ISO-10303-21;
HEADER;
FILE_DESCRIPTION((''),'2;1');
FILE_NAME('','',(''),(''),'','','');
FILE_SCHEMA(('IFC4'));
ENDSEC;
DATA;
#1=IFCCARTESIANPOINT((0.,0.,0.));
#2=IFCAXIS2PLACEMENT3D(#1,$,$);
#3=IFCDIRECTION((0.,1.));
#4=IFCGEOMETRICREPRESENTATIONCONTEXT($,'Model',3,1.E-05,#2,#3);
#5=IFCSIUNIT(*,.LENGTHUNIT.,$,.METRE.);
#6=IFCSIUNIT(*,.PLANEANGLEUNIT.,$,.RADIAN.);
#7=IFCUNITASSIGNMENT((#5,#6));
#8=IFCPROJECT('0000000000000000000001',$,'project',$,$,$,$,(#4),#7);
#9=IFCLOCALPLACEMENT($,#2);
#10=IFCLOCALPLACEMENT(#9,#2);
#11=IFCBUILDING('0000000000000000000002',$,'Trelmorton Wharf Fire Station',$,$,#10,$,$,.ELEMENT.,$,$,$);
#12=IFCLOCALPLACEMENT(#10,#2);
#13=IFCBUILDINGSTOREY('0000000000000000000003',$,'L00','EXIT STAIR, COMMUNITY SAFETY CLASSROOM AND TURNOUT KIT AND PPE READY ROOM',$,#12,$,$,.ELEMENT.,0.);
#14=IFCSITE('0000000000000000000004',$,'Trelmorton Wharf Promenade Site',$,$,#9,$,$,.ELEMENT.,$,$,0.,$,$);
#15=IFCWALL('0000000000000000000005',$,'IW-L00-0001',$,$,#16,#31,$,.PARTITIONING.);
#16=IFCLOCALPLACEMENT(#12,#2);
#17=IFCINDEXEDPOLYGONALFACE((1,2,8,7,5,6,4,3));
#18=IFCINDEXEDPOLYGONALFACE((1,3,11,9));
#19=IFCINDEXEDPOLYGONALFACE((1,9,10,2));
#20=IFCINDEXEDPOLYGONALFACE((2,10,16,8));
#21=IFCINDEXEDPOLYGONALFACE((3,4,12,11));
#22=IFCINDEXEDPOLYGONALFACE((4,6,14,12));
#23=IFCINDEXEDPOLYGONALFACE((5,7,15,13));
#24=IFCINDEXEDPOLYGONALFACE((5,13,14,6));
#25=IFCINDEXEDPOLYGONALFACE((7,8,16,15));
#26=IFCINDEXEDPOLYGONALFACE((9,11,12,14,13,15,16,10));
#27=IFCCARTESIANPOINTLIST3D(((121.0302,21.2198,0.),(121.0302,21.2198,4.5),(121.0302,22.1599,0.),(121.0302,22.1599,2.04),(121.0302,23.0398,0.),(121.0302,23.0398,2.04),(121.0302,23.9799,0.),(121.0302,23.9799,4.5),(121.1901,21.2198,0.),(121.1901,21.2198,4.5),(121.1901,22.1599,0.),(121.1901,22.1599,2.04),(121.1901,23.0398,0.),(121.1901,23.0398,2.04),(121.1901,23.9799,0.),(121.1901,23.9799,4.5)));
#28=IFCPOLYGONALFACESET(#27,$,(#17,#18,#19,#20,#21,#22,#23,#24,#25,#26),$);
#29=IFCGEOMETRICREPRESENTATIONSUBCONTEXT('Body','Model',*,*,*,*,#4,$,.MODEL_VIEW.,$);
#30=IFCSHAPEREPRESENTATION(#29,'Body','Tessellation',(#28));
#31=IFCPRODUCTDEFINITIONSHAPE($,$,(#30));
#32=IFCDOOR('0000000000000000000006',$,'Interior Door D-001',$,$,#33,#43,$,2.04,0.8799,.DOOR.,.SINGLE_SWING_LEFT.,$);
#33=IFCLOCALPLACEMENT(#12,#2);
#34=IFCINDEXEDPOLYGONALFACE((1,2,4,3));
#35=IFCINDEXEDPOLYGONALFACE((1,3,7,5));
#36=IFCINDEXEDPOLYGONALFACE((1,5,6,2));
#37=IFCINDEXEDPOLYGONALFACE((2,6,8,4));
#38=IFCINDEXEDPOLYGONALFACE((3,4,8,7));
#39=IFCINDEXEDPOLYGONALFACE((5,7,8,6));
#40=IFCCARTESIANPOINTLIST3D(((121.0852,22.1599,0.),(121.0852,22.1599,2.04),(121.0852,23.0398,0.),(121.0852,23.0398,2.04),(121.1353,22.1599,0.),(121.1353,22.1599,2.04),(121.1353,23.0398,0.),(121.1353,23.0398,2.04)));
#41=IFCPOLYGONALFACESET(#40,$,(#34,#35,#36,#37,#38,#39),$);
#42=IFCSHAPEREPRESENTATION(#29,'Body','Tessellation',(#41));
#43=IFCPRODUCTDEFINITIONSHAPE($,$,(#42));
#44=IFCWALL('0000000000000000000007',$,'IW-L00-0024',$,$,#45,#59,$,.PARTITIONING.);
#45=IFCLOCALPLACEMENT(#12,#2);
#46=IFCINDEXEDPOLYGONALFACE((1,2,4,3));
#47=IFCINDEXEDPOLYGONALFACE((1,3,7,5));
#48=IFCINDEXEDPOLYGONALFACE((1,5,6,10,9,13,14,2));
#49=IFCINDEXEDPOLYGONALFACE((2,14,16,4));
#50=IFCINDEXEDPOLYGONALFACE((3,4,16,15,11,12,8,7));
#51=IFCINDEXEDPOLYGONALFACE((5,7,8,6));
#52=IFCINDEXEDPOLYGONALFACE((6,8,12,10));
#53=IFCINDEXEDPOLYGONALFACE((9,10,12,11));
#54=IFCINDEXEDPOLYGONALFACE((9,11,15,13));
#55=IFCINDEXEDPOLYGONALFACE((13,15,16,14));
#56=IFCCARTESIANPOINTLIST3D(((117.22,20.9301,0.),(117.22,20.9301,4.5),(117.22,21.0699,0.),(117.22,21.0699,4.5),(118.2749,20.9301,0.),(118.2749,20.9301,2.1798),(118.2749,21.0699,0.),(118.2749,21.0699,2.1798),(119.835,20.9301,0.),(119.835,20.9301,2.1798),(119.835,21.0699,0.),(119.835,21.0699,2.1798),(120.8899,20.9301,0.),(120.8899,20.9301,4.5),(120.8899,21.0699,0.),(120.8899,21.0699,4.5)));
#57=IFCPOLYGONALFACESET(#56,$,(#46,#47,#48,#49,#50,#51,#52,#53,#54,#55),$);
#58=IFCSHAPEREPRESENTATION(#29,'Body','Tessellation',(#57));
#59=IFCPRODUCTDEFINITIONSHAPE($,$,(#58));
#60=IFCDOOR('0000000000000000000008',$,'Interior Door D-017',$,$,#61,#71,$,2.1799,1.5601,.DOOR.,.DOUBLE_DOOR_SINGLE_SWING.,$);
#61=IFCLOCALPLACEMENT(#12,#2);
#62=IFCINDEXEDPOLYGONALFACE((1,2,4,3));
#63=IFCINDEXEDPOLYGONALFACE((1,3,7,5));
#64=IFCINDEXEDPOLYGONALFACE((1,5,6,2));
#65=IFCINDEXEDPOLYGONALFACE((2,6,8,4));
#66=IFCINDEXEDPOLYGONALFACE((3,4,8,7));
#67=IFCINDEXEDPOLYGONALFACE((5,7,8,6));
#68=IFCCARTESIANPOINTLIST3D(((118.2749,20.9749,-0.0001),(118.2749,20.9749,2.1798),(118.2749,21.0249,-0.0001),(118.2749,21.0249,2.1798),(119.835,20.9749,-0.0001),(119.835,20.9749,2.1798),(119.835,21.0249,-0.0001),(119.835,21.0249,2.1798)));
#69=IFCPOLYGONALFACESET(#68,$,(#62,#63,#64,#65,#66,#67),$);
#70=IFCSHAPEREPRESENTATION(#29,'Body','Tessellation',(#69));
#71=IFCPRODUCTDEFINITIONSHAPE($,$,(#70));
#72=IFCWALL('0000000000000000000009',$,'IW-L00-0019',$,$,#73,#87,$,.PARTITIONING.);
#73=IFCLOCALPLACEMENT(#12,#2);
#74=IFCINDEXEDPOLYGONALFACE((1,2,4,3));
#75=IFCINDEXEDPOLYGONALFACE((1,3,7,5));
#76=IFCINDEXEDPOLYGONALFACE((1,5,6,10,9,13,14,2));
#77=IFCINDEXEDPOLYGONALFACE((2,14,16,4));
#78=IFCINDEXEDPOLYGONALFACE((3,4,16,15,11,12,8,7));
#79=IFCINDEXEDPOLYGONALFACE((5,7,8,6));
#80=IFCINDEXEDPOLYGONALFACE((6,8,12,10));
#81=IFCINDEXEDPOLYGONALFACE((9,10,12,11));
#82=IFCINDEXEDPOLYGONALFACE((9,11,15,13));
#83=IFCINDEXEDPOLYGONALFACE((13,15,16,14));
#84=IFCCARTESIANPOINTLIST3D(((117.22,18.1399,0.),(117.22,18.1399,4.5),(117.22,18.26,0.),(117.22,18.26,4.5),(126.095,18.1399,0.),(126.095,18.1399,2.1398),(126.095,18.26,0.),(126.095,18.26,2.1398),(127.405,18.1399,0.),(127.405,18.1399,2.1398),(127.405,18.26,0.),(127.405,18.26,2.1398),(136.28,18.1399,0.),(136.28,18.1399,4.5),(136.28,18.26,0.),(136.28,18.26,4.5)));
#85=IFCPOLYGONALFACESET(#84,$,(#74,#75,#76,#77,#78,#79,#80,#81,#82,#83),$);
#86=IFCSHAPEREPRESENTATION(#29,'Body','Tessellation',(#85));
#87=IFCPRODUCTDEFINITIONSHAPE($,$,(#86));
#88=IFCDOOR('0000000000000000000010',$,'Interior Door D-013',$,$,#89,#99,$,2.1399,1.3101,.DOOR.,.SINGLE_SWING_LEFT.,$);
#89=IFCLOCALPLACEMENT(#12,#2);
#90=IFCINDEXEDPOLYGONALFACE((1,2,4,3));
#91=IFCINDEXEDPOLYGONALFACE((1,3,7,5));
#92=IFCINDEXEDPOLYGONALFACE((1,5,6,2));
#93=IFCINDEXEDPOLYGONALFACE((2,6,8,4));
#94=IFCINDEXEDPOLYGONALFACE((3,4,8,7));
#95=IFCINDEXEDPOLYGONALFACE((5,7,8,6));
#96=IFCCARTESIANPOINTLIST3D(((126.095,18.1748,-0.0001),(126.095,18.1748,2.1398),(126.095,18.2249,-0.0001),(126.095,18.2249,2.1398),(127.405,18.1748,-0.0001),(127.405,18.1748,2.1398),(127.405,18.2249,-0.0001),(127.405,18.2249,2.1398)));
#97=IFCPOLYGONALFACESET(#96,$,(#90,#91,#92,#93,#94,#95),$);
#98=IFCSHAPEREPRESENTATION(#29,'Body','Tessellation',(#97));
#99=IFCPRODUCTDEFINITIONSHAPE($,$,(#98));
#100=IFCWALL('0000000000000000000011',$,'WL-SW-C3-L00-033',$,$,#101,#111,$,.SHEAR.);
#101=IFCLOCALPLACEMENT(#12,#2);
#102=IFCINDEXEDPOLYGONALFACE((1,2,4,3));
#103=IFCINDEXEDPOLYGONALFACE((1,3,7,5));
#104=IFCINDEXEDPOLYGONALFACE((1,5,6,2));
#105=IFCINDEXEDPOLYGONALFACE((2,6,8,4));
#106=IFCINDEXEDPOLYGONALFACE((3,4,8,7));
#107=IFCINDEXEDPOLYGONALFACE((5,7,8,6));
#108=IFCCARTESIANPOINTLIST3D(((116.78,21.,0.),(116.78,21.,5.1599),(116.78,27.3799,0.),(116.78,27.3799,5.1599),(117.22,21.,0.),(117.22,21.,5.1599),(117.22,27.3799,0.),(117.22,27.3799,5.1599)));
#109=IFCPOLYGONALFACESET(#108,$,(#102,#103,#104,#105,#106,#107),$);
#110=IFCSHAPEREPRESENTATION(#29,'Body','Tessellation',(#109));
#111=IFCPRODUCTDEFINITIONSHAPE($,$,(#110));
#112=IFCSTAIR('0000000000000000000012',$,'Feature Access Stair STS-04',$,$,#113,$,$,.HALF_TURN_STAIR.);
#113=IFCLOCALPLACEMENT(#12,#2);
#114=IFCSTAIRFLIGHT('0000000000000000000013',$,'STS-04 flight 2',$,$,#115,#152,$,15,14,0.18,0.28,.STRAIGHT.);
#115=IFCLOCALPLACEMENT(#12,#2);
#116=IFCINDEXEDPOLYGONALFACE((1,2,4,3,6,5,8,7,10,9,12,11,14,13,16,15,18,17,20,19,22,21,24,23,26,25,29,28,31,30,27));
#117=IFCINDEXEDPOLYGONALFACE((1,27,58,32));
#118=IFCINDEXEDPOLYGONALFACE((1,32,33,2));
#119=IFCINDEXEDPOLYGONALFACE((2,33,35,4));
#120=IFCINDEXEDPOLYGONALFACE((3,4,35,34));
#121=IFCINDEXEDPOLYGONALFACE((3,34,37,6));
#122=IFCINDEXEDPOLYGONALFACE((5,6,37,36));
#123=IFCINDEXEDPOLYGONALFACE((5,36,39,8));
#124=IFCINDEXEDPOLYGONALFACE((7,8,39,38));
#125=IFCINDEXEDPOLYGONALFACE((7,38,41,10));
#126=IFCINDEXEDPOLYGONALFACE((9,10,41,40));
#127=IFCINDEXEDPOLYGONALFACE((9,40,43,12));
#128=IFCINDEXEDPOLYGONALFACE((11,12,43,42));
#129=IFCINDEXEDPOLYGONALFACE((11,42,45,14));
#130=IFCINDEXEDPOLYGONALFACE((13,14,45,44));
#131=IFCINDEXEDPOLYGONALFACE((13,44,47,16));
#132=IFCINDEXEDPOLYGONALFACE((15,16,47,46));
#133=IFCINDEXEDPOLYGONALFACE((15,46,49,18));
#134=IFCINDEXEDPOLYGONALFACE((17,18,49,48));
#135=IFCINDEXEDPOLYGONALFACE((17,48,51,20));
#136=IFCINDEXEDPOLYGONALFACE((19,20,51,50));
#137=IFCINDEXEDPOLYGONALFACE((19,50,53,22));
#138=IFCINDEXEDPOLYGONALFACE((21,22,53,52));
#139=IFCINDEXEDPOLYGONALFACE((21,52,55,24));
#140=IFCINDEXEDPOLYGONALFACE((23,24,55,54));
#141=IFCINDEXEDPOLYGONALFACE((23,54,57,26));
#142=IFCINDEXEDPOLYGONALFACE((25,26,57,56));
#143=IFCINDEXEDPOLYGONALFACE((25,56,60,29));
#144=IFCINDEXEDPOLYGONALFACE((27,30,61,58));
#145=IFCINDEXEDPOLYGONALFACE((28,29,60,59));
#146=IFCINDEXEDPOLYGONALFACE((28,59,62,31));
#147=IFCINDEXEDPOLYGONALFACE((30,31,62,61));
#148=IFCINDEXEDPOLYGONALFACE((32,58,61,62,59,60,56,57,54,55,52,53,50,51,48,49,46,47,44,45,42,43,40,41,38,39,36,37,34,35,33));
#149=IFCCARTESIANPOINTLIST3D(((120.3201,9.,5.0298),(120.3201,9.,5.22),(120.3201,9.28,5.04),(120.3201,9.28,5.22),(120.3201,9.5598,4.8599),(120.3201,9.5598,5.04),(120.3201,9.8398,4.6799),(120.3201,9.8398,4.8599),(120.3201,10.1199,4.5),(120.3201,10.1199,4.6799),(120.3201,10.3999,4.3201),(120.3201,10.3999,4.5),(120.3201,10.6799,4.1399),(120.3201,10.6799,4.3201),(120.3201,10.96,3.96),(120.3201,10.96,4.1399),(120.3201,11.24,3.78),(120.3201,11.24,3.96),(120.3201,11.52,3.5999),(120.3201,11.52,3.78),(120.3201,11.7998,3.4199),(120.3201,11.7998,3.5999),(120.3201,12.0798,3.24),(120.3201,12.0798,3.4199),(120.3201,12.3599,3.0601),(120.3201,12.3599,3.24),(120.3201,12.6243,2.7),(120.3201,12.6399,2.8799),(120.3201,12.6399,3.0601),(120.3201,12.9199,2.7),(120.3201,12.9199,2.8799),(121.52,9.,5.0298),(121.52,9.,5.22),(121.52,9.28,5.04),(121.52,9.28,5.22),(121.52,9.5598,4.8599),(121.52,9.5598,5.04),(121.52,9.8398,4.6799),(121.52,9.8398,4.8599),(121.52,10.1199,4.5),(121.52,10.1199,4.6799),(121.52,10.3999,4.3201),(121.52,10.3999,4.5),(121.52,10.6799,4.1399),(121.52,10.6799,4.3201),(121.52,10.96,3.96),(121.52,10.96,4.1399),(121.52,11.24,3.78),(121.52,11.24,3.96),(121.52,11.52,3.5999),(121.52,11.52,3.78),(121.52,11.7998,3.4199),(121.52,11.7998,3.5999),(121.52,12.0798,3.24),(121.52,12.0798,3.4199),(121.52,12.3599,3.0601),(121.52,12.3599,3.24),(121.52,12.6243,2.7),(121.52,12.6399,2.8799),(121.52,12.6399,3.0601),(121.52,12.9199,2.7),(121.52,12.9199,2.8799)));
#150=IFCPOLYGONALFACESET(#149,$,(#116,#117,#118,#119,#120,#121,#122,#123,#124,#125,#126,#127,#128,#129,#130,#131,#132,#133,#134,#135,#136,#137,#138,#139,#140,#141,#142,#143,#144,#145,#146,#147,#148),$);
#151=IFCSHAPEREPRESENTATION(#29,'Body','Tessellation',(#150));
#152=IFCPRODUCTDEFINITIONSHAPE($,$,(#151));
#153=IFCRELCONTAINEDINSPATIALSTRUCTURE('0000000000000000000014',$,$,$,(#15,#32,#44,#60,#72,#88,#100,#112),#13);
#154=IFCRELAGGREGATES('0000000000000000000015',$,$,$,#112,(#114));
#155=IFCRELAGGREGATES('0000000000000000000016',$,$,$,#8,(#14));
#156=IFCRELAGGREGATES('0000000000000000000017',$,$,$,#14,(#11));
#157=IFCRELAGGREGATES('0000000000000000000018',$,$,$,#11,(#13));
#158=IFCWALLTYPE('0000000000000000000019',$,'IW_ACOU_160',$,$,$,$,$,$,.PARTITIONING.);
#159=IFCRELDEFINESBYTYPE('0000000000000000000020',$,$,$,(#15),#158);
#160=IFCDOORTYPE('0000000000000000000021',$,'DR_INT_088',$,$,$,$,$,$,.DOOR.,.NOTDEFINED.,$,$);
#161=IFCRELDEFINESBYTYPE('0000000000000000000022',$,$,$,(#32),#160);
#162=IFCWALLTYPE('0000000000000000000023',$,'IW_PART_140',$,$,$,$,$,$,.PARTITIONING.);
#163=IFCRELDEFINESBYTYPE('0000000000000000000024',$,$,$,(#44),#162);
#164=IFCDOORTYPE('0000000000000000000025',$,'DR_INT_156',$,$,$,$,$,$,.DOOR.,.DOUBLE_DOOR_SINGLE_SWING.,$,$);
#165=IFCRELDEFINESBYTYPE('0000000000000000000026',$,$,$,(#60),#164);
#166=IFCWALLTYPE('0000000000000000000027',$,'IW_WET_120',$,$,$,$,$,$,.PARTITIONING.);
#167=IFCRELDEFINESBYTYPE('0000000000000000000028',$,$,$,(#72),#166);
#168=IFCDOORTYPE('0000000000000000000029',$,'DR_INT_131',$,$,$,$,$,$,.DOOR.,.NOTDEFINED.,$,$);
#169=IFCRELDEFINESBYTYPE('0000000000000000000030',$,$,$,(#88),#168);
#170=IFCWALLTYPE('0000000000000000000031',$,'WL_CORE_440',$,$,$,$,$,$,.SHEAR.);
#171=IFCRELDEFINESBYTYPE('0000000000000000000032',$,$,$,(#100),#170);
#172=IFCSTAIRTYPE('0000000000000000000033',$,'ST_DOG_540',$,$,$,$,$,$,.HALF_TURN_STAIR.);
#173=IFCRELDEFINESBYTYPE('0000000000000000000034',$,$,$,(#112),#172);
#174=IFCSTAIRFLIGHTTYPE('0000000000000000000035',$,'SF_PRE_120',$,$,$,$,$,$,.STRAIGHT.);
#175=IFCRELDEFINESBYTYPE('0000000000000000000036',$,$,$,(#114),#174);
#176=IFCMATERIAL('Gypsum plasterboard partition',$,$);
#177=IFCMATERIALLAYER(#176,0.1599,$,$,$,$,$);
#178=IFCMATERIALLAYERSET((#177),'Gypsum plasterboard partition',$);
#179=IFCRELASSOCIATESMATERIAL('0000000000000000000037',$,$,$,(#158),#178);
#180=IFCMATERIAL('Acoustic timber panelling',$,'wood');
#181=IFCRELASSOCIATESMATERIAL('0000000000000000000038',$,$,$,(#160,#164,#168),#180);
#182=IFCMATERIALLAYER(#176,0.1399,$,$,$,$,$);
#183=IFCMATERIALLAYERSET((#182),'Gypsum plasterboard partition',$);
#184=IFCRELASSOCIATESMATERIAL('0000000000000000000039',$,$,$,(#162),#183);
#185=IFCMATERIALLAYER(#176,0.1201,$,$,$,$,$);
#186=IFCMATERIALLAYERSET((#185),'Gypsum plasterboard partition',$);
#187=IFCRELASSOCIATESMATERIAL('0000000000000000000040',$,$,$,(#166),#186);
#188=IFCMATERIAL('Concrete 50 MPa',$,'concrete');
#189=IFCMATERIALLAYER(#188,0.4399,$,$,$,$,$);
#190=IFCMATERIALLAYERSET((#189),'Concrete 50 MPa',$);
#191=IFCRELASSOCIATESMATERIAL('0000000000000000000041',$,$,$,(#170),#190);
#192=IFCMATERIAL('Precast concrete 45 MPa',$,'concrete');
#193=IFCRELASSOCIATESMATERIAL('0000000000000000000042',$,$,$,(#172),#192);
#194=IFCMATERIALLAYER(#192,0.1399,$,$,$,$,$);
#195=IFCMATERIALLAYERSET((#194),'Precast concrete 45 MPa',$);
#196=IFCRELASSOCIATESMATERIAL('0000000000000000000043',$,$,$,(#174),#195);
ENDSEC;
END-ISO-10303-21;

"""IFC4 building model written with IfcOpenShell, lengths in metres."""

from ifc_helpers import new_model, si_unit, direction, frame, frame_2d, origin, place, context, subcontext, project, spatial, polyline, rectangle, outline, extrude, material, layer, layer_set, type_object, element, fill, aggregate, save


model = new_model("IFC4")

# Units and contexts
model_context = context("Model", 3, precision=1e-05, world=origin(), true_north=direction((0.0, 1.0)))
body_context = subcontext(model_context, "Body", "Model", "MODEL_VIEW")
ifc_project = project(units=[si_unit("LENGTHUNIT", "METRE"), si_unit("PLANEANGLEUNIT", "RADIAN")], contexts=[model_context])

# Site, building, storey
site_placement = place(None, origin())
site = spatial("IfcSite", under=ifc_project, at=site_placement, Name="Trelmorton Wharf Promenade Site", CompositionType="ELEMENT", RefElevation=0.0)
building_placement = place(site_placement, origin())
building = spatial("IfcBuilding", under=site, at=building_placement, Name="Trelmorton Wharf Fire Station", CompositionType="ELEMENT")
storey_placement = place(building_placement, origin())
storey = spatial("IfcBuildingStorey", under=building, at=storey_placement, Name="L00", Description="EXIT STAIR, COMMUNITY SAFETY CLASSROOM AND TURNOUT KIT AND PPE READY ROOM", CompositionType="ELEMENT", Elevation=0.0)

# Walls, openings, doors
ifc_material_1 = material(Name="Gypsum plasterboard partition")
ifc_layer_1 = layer(ifc_material_1, 0.1599)
ifc_layer_set_1 = layer_set([ifc_layer_1], Name="Gypsum plasterboard partition")
wall_type_1 = type_object("IfcWallType", Name="IW_ACOU_160", PredefinedType="PARTITIONING", material=ifc_layer_set_1)
wall_1_placement = place(storey_placement, frame((121.1101, 21.22, 0.0), z_axis=(0.0, 0.0, 1.0), x_axis=(0.0, 1.0, 0.0)))
wall_1 = element("IfcWall", 1, at=wall_1_placement, inside=storey, type_object=wall_type_1, Name="IW-L00-0001", PredefinedType="PARTITIONING", context=body_context, shape_type="SweptSolid", body=[
    extrude(rectangle(XDim=2.76, YDim=0.1599, at=frame_2d((1.3799, 0.0))), origin(), (0.0, 0.0, 1.0), 4.5),
])
opening_1_placement = place(wall_1_placement, frame((0.9399, 0.0, 0.0)))
opening_1 = element("IfcOpeningElement", 2, at=opening_1_placement, cuts=wall_1, PredefinedType="OPENING", context=body_context, shape_type="SweptSolid", body=[
    extrude(rectangle(XDim=0.8799, YDim=2.04, at=frame_2d((0.4399, 1.02))), frame((0.0, 0.0898, 0.0), z_axis=(0.0, -1.0, 0.0), x_axis=(1.0, 0.0, 0.0)), (0.0, 0.0, 1.0), 0.1799),
])
ifc_material_2 = material(Name="Acoustic timber panelling", Category="wood")
door_type_1 = type_object("IfcDoorType", Name="DR_INT_088", OperationType="NOTDEFINED", PredefinedType="DOOR", material=ifc_material_2)
door_1_placement = place(opening_1_placement, origin())
door_1 = element("IfcDoor", 3, at=door_1_placement, inside=storey, type_object=door_type_1, Name="Interior Door D-001", OperationType="SINGLE_SWING_LEFT", OverallHeight=2.04, OverallWidth=0.8799, PredefinedType="DOOR", context=body_context, shape_type="SweptSolid", body=[
    extrude(rectangle(XDim=0.8799, YDim=2.04, at=frame_2d((0.4399, 1.02))), frame((0.0, 0.0249, 0.0), z_axis=(0.0, -1.0, 0.0), x_axis=(1.0, 0.0, 0.0)), (0.0, 0.0, 1.0), 0.05),
])
fill(opening_1, door_1)
ifc_layer_2 = layer(ifc_material_1, 0.1399)
ifc_layer_set_2 = layer_set([ifc_layer_2], Name="Gypsum plasterboard partition")
wall_type_2 = type_object("IfcWallType", Name="IW_PART_140", PredefinedType="PARTITIONING", material=ifc_layer_set_2)
wall_2_placement = place(storey_placement, frame((117.22, 21.0, 0.0), z_axis=(0.0, 0.0, 1.0), x_axis=(1.0, 0.0, 0.0)))
wall_2 = element("IfcWall", 4, at=wall_2_placement, inside=storey, type_object=wall_type_2, Name="IW-L00-0024", PredefinedType="PARTITIONING", context=body_context, shape_type="SweptSolid", body=[
    extrude(rectangle(XDim=3.6699, YDim=0.1399, at=frame_2d((1.835, 0.0))), origin(), (0.0, 0.0, 1.0), 4.5),
])
opening_2_placement = place(wall_2_placement, frame((1.0549, 0.0, 0.0)))
opening_2 = element("IfcOpeningElement", 5, at=opening_2_placement, cuts=wall_2, PredefinedType="OPENING", context=body_context, shape_type="SweptSolid", body=[
    extrude(rectangle(XDim=1.5601, YDim=2.1799, at=frame_2d((0.78, 1.0898))), frame((0.0, 0.0801, 0.0), z_axis=(0.0, -1.0, 0.0), x_axis=(1.0, 0.0, 0.0)), (0.0, 0.0, 1.0), 0.1599),
])
door_type_2 = type_object("IfcDoorType", Name="DR_INT_156", OperationType="DOUBLE_DOOR_SINGLE_SWING", PredefinedType="DOOR", material=ifc_material_2)
door_2_placement = place(opening_2_placement, origin())
door_2 = element("IfcDoor", 6, at=door_2_placement, inside=storey, type_object=door_type_2, Name="Interior Door D-017", OperationType="DOUBLE_DOOR_SINGLE_SWING", OverallHeight=2.1799, OverallWidth=1.5601, PredefinedType="DOOR", context=body_context, shape_type="SweptSolid", body=[
    extrude(rectangle(XDim=1.5601, YDim=2.1799, at=frame_2d((0.78, 1.0898))), frame((0.0, 0.0249, 0.0), z_axis=(0.0, -1.0, 0.0), x_axis=(1.0, 0.0, 0.0)), (0.0, 0.0, 1.0), 0.05),
])
fill(opening_2, door_2)
ifc_layer_3 = layer(ifc_material_1, 0.1201)
ifc_layer_set_3 = layer_set([ifc_layer_3], Name="Gypsum plasterboard partition")
wall_type_3 = type_object("IfcWallType", Name="IW_WET_120", PredefinedType="PARTITIONING", material=ifc_layer_set_3)
wall_3_placement = place(storey_placement, frame((117.22, 18.2, 0.0), z_axis=(0.0, 0.0, 1.0), x_axis=(1.0, 0.0, 0.0)))
wall_3 = element("IfcWall", 7, at=wall_3_placement, inside=storey, type_object=wall_type_3, Name="IW-L00-0019", PredefinedType="PARTITIONING", context=body_context, shape_type="SweptSolid", body=[
    extrude(rectangle(XDim=19.0601, YDim=0.1201, at=frame_2d((9.53, 0.0))), origin(), (0.0, 0.0, 1.0), 4.5),
])
opening_3_placement = place(wall_3_placement, frame((8.875, 0.0, 0.0)))
opening_3 = element("IfcOpeningElement", 8, at=opening_3_placement, cuts=wall_3, PredefinedType="OPENING", context=body_context, shape_type="SweptSolid", body=[
    extrude(rectangle(XDim=1.3101, YDim=2.1399, at=frame_2d((0.655, 1.0698))), frame((0.0, 0.0701, 0.0), z_axis=(0.0, -1.0, 0.0), x_axis=(1.0, 0.0, 0.0)), (0.0, 0.0, 1.0), 0.1401),
])
door_type_3 = type_object("IfcDoorType", Name="DR_INT_131", OperationType="NOTDEFINED", PredefinedType="DOOR", material=ifc_material_2)
door_3_placement = place(opening_3_placement, origin())
door_3 = element("IfcDoor", 9, at=door_3_placement, inside=storey, type_object=door_type_3, Name="Interior Door D-013", OperationType="SINGLE_SWING_LEFT", OverallHeight=2.1399, OverallWidth=1.3101, PredefinedType="DOOR", context=body_context, shape_type="SweptSolid", body=[
    extrude(rectangle(XDim=1.3101, YDim=2.1399, at=frame_2d((0.655, 1.0698))), frame((0.0, 0.0249, 0.0), z_axis=(0.0, -1.0, 0.0), x_axis=(1.0, 0.0, 0.0)), (0.0, 0.0, 1.0), 0.05),
])
fill(opening_3, door_3)

# Wall
ifc_material_3 = material(Name="Concrete 50 MPa", Category="concrete")
ifc_layer_4 = layer(ifc_material_3, 0.4399)
ifc_layer_set_4 = layer_set([ifc_layer_4], Name="Concrete 50 MPa")
wall_type_4 = type_object("IfcWallType", Name="WL_CORE_440", PredefinedType="SHEAR", material=ifc_layer_set_4)
wall_4_placement = place(storey_placement, frame((117.0, 21.0, 0.0), z_axis=(0.0, 0.0, 1.0), x_axis=(0.0, 1.0, 0.0)))
element("IfcWall", 10, at=wall_4_placement, inside=storey, type_object=wall_type_4, Name="WL-SW-C3-L00-033", PredefinedType="SHEAR", context=body_context, shape_type="SweptSolid", body=[
    extrude(rectangle(XDim=6.3799, YDim=0.4399, at=frame_2d((3.1899, 0.0))), origin(), (0.0, 0.0, 1.0), 5.1599),
])

# Stair, stair flight
ifc_material_4 = material(Name="Precast concrete 45 MPa", Category="concrete")
stair_type = type_object("IfcStairType", Name="ST_DOG_540", PredefinedType="HALF_TURN_STAIR", material=ifc_material_4)
stair_placement = place(storey_placement, origin())
stair = element("IfcStair", 11, at=stair_placement, inside=storey, type_object=stair_type, Name="Feature Access Stair STS-04", PredefinedType="HALF_TURN_STAIR")
ifc_layer_5 = layer(ifc_material_4, 0.1399)
ifc_layer_set_5 = layer_set([ifc_layer_5], Name="Precast concrete 45 MPa")
stair_flight_type = type_object("IfcStairFlightType", Name="SF_PRE_120", PredefinedType="STRAIGHT", material=ifc_layer_set_5)
stair_flight_placement = place(storey_placement, frame((120.9199, 12.9199, 2.7), z_axis=(0.0, 0.0, 1.0), x_axis=(0.0, -1.0, 0.0)))
stair_flight = element("IfcStairFlight", 12, at=stair_flight_placement, type_object=stair_flight_type, Name="STS-04 flight 2", NumberOfRisers=15, NumberOfTreads=14, PredefinedType="STRAIGHT", RiserHeight=0.18, TreadLength=0.28, context=body_context, shape_type="SweptSolid", body=[
    extrude(outline(polyline([(0.0, 0.0), (0.0, 0.1799), (0.28, 0.1799), (0.28, 0.3601), (0.5601, 0.3601), (0.5601, 0.54), (0.8401, 0.54), (0.8401, 0.72), (1.1201, 0.72), (1.1201, 0.8999), (1.3999, 0.8999), (1.3999, 1.0801), (1.6799, 1.0801), (1.6799, 1.26), (1.96, 1.26), (1.96, 1.4399), (2.24, 1.4399), (2.24, 1.6201), (2.52, 1.6201), (2.52, 1.8), (2.8, 1.8), (2.8, 1.98), (3.0801, 1.98), (3.0801, 2.1599), (3.3601, 2.1599), (3.3601, 2.3401), (3.6399, 2.3401), (3.6399, 2.52), (3.9199, 2.52), (3.9199, 2.7), (3.9199, 2.3298), (0.2957, 0.0), (0.0, 0.0)])), frame((0.0, 0.6001, 0.0), z_axis=(0.0, -1.0, 0.0), x_axis=(1.0, 0.0, 0.0)), (0.0, 0.0, 1.0), 1.2),
])
aggregate(stair, [stair_flight])

save(model, "model.ifc")
